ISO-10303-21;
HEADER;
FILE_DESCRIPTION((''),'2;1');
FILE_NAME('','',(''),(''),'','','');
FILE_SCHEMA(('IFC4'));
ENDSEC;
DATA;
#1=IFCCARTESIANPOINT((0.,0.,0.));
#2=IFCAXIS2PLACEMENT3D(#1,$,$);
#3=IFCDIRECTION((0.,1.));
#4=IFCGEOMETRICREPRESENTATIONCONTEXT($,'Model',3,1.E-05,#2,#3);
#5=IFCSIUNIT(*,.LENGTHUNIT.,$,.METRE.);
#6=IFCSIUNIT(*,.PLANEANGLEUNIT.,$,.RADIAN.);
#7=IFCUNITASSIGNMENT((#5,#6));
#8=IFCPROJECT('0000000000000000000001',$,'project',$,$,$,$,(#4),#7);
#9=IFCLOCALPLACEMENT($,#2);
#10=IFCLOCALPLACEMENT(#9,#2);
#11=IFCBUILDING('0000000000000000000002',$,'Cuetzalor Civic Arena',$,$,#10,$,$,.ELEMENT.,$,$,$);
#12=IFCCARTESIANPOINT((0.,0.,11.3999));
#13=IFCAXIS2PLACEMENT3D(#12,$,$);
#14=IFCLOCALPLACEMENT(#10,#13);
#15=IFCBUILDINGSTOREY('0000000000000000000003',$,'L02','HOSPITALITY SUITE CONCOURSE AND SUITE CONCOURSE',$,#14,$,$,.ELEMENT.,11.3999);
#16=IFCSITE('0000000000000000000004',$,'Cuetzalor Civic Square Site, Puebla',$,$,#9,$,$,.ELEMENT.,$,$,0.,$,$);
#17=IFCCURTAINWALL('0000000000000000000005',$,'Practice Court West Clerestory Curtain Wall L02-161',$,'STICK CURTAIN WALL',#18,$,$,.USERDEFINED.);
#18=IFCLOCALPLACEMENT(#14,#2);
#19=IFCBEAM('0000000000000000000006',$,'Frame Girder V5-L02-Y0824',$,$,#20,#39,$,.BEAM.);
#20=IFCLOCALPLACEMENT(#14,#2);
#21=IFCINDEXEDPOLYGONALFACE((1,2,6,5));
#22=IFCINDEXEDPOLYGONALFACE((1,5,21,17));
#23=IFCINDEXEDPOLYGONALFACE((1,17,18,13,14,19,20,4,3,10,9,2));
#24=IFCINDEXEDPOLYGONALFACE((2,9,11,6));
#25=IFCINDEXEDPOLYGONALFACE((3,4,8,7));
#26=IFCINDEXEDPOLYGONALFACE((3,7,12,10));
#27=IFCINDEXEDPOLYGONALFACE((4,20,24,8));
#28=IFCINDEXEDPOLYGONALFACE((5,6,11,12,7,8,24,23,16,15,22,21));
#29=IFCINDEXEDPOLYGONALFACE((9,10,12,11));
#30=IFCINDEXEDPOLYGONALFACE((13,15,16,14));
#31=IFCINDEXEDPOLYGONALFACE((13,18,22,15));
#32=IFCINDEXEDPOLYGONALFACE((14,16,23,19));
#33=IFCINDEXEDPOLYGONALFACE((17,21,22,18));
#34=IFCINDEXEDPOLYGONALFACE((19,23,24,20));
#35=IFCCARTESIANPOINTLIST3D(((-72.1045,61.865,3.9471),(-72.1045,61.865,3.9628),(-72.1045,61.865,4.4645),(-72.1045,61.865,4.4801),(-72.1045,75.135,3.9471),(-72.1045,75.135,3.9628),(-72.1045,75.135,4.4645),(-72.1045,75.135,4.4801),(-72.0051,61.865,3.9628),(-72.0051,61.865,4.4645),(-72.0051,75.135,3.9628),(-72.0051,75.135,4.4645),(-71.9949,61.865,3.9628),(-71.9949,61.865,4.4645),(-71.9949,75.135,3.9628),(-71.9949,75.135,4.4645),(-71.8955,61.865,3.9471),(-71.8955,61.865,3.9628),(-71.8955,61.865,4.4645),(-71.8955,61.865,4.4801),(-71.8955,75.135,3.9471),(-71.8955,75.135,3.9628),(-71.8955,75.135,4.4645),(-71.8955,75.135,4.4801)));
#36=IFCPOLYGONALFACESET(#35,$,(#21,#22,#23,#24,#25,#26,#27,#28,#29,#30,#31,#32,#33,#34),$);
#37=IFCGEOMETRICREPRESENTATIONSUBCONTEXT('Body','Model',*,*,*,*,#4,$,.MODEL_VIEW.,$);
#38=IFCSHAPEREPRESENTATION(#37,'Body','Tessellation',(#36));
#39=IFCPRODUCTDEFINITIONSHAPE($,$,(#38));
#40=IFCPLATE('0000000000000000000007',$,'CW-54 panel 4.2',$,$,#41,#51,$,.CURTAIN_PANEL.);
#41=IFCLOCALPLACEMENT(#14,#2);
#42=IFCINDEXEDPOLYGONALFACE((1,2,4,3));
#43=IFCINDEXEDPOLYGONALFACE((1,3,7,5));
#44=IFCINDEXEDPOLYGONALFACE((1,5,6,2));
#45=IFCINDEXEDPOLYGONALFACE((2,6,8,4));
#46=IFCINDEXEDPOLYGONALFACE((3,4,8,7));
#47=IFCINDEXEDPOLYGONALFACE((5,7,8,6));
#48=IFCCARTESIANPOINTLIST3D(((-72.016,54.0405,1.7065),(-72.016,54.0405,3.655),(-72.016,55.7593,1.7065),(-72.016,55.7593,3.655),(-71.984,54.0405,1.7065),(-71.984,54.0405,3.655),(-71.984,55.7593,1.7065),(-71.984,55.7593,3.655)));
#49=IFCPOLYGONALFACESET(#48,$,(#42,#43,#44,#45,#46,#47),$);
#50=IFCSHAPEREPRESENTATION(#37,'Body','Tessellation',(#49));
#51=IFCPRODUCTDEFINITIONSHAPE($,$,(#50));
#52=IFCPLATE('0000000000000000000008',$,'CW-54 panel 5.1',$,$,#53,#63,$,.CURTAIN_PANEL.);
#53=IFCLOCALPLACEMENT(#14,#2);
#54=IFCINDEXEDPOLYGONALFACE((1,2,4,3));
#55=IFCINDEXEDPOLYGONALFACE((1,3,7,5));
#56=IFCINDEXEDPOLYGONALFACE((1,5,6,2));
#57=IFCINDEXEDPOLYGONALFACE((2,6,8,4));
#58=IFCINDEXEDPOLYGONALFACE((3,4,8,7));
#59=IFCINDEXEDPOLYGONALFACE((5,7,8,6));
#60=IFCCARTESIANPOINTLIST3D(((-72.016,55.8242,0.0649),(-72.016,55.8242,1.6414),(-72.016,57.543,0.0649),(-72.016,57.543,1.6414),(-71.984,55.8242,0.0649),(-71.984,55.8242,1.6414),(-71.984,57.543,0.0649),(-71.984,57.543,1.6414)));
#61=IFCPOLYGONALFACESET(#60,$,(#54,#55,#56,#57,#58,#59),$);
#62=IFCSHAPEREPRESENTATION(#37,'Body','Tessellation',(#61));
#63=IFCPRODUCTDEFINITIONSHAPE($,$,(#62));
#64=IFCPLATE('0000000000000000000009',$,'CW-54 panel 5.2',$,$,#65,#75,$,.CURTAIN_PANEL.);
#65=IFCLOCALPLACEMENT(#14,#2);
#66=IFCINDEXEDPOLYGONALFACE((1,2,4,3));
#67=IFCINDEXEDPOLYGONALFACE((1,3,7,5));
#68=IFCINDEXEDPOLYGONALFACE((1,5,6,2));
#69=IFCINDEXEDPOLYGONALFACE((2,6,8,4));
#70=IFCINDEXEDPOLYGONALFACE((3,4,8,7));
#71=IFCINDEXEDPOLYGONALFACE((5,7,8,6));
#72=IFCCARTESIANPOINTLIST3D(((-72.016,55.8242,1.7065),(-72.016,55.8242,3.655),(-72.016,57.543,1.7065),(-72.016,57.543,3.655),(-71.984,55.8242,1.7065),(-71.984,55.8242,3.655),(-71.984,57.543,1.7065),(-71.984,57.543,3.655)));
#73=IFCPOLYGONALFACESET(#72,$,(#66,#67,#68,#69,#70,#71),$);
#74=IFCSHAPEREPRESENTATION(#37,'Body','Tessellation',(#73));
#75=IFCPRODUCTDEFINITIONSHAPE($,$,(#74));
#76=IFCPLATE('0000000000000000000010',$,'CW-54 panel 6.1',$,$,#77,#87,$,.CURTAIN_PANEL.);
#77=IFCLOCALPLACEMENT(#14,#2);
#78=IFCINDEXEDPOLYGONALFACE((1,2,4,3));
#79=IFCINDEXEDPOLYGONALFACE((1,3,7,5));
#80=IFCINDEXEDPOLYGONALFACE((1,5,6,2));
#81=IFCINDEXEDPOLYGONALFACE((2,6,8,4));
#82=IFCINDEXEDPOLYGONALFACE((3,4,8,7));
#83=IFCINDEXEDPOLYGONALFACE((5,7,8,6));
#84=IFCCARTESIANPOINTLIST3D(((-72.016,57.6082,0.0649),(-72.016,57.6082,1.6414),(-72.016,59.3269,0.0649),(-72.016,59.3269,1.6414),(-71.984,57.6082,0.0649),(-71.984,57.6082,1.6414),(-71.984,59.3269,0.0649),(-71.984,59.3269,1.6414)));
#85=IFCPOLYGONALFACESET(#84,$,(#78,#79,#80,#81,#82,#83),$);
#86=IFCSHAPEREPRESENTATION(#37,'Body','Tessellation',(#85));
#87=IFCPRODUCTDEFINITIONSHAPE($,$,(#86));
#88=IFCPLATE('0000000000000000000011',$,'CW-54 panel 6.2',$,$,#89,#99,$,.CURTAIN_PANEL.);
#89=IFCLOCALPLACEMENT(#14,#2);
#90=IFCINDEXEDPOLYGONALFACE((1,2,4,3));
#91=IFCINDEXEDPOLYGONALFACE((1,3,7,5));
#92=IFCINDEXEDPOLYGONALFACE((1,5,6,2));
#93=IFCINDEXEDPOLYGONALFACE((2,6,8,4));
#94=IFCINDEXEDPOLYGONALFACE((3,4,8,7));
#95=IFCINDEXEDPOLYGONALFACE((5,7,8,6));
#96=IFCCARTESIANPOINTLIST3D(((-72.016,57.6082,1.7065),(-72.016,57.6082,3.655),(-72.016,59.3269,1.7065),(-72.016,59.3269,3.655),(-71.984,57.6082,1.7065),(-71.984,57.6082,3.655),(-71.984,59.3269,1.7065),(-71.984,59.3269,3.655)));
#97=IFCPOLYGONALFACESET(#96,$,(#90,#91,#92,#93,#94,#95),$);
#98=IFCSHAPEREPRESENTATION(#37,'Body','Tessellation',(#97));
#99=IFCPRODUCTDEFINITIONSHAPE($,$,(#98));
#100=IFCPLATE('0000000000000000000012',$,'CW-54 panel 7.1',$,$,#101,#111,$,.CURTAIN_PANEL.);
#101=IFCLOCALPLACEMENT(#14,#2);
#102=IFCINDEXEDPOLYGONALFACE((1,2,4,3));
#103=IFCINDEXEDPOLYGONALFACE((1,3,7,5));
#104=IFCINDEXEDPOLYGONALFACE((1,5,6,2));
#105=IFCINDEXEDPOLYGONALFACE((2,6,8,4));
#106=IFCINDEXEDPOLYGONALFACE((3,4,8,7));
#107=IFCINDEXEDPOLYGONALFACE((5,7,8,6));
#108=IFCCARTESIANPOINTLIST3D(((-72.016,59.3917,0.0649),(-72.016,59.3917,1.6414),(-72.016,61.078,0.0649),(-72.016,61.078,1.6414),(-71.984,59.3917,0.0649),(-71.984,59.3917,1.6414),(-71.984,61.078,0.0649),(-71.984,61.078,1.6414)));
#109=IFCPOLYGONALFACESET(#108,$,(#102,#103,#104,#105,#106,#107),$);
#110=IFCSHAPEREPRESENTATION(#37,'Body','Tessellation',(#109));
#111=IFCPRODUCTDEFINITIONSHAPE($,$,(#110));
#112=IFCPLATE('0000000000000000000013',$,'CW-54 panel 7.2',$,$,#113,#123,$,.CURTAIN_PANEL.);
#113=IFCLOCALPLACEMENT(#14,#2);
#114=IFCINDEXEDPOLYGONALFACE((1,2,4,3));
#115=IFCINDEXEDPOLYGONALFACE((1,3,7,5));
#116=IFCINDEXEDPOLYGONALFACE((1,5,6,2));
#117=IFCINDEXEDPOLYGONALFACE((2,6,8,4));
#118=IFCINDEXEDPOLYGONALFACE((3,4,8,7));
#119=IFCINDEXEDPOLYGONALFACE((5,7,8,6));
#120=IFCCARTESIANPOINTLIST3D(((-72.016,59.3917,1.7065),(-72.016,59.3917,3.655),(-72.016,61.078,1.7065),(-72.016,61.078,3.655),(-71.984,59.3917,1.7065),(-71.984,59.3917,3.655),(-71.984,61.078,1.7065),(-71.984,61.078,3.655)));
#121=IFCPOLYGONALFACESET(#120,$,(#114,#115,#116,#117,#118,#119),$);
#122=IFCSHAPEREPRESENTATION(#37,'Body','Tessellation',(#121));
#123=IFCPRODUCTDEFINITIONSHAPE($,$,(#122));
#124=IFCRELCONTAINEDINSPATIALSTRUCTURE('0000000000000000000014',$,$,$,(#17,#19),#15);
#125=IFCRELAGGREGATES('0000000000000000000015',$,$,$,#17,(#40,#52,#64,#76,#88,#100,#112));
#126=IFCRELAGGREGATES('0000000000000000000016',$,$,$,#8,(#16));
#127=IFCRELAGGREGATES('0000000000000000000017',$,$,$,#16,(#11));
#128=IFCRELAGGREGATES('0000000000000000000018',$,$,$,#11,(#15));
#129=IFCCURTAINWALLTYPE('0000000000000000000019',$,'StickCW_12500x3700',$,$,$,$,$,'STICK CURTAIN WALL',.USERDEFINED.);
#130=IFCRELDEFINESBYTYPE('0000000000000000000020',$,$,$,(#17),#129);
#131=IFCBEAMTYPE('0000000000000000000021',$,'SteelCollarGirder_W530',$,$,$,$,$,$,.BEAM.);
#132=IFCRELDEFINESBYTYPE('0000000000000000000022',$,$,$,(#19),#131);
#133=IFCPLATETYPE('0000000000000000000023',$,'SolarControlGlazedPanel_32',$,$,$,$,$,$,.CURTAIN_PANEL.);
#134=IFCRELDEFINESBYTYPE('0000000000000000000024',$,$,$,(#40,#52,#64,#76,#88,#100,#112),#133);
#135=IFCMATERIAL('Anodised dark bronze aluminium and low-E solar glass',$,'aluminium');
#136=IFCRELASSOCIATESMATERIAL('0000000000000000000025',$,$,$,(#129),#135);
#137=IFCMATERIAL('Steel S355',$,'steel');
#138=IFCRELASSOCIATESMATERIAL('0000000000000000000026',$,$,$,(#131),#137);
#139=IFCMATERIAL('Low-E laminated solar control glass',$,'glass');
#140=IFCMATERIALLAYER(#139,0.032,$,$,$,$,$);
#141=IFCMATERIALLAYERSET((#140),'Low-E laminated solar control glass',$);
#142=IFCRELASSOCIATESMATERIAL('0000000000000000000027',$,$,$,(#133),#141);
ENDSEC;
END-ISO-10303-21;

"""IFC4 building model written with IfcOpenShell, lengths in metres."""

from ifc_helpers import new_model, si_unit, direction, frame, origin, origin_2d, place, context, subcontext, project, spatial, rectangle, i_section, extrude, material, layer, layer_set, material_profile, profile_set, type_object, element, aggregate, save


model = new_model("IFC4")

# Units and contexts
model_context = context("Model", 3, precision=1e-05, world=origin(), true_north=direction((0.0, 1.0)))
body_context = subcontext(model_context, "Body", "Model", "MODEL_VIEW")
ifc_project = project(units=[si_unit("LENGTHUNIT", "METRE"), si_unit("PLANEANGLEUNIT", "RADIAN")], contexts=[model_context])

# Site, building, storey
site_placement = place(None, origin())
site = spatial("IfcSite", under=ifc_project, at=site_placement, Name="Cuetzalor Civic Square Site, Puebla", CompositionType="ELEMENT", RefElevation=0.0)
building_placement = place(site_placement, origin())
building = spatial("IfcBuilding", under=site, at=building_placement, Name="Cuetzalor Civic Arena", CompositionType="ELEMENT")
storey_placement = place(building_placement, frame((0.0, 0.0, 11.3999)))
storey = spatial("IfcBuildingStorey", under=building, at=storey_placement, Name="L02", Description="HOSPITALITY SUITE CONCOURSE AND SUITE CONCOURSE", CompositionType="ELEMENT", Elevation=11.3999)

# Curtain wall
ifc_material_1 = material(Name="Anodised dark bronze aluminium and low-E solar glass", Category="aluminium")
curtain_wall_type = type_object("IfcCurtainWallType", Name="StickCW_12500x3700", ElementType="STICK CURTAIN WALL", PredefinedType="USERDEFINED", material=ifc_material_1)
curtain_wall_placement = place(storey_placement, origin())
curtain_wall = element("IfcCurtainWall", 1, at=curtain_wall_placement, inside=storey, type_object=curtain_wall_type, Name="Practice Court West Clerestory Curtain Wall L02-161", ObjectType="STICK CURTAIN WALL", PredefinedType="USERDEFINED")

# Beam
ifc_material_2 = material(Name="Steel S355", Category="steel")
ifc_material_profile_1 = material_profile(ifc_material_2, i_section(OverallWidth=0.209, OverallDepth=0.533, WebThickness=0.0103, FlangeThickness=0.0156, at=origin_2d()), Name="W530x92")
ifc_profile_set_1 = profile_set([ifc_material_profile_1], Name="Steel S355")
beam_type = type_object("IfcBeamType", Name="SteelCollarGirder_W530", PredefinedType="BEAM", material=ifc_profile_set_1)
beam_placement = place(storey_placement, frame((-72.0, 61.865, 4.2136), z_axis=(0.0, 1.0, 0.0), x_axis=(-1.0, 0.0, 0.0)))
element("IfcBeam", 2, at=beam_placement, inside=storey, type_object=beam_type, Name="Frame Girder V5-L02-Y0824", PredefinedType="BEAM", context=body_context, shape_type="SweptSolid", body=[
    extrude(i_section(OverallWidth=0.209, OverallDepth=0.533, WebThickness=0.0103, FlangeThickness=0.0156, at=origin_2d()), origin(), (0.0, 0.0, 1.0), 13.27),
])

# Plates
ifc_material_3 = material(Name="Low-E laminated solar control glass", Category="glass")
ifc_layer = layer(ifc_material_3, 0.032)
ifc_layer_set = layer_set([ifc_layer], Name="Low-E laminated solar control glass")
plate_type = type_object("IfcPlateType", Name="SolarControlGlazedPanel_32", PredefinedType="CURTAIN_PANEL", material=ifc_layer_set)
plate_1_placement = place(storey_placement, frame((-72.0, 54.8999, 1.7065), z_axis=(0.0, 0.0, 1.0), x_axis=(0.0, 1.0, 0.0)))
plate_1 = element("IfcPlate", 3, at=plate_1_placement, type_object=plate_type, Name="CW-54 panel 4.2", PredefinedType="CURTAIN_PANEL", context=body_context, shape_type="SweptSolid", body=[
    extrude(rectangle(XDim=1.7188, YDim=0.032, at=origin_2d()), origin(), (0.0, 0.0, 1.0), 1.9485),
])
plate_2_placement = place(storey_placement, frame((-72.0, 56.6836, 0.0649), z_axis=(0.0, 0.0, 1.0), x_axis=(0.0, 1.0, 0.0)))
plate_2 = element("IfcPlate", 4, at=plate_2_placement, type_object=plate_type, Name="CW-54 panel 5.1", PredefinedType="CURTAIN_PANEL", context=body_context, shape_type="SweptSolid", body=[
    extrude(rectangle(XDim=1.7188, YDim=0.032, at=origin_2d()), origin(), (0.0, 0.0, 1.0), 1.5764),
])
plate_3_placement = place(storey_placement, frame((-72.0, 56.6836, 1.7065), z_axis=(0.0, 0.0, 1.0), x_axis=(0.0, 1.0, 0.0)))
plate_3 = element("IfcPlate", 5, at=plate_3_placement, type_object=plate_type, Name="CW-54 panel 5.2", PredefinedType="CURTAIN_PANEL", context=body_context, shape_type="SweptSolid", body=[
    extrude(rectangle(XDim=1.7188, YDim=0.032, at=origin_2d()), origin(), (0.0, 0.0, 1.0), 1.9485),
])
plate_4_placement = place(storey_placement, frame((-72.0, 58.4675, 0.0649), z_axis=(0.0, 0.0, 1.0), x_axis=(0.0, 1.0, 0.0)))
plate_4 = element("IfcPlate", 6, at=plate_4_placement, type_object=plate_type, Name="CW-54 panel 6.1", PredefinedType="CURTAIN_PANEL", context=body_context, shape_type="SweptSolid", body=[
    extrude(rectangle(XDim=1.7188, YDim=0.032, at=origin_2d()), origin(), (0.0, 0.0, 1.0), 1.5764),
])
plate_5_placement = place(storey_placement, frame((-72.0, 58.4675, 1.7065), z_axis=(0.0, 0.0, 1.0), x_axis=(0.0, 1.0, 0.0)))
plate_5 = element("IfcPlate", 7, at=plate_5_placement, type_object=plate_type, Name="CW-54 panel 6.2", PredefinedType="CURTAIN_PANEL", context=body_context, shape_type="SweptSolid", body=[
    extrude(rectangle(XDim=1.7188, YDim=0.032, at=origin_2d()), origin(), (0.0, 0.0, 1.0), 1.9485),
])
plate_6_placement = place(storey_placement, frame((-72.0, 60.2349, 0.0649), z_axis=(0.0, 0.0, 1.0), x_axis=(0.0, 1.0, 0.0)))
plate_6 = element("IfcPlate", 8, at=plate_6_placement, type_object=plate_type, Name="CW-54 panel 7.1", PredefinedType="CURTAIN_PANEL", context=body_context, shape_type="SweptSolid", body=[
    extrude(rectangle(XDim=1.6863, YDim=0.032, at=origin_2d()), origin(), (0.0, 0.0, 1.0), 1.5764),
])
plate_7_placement = place(storey_placement, frame((-72.0, 60.2349, 1.7065), z_axis=(0.0, 0.0, 1.0), x_axis=(0.0, 1.0, 0.0)))
plate_7 = element("IfcPlate", 9, at=plate_7_placement, type_object=plate_type, Name="CW-54 panel 7.2", PredefinedType="CURTAIN_PANEL", context=body_context, shape_type="SweptSolid", body=[
    extrude(rectangle(XDim=1.6863, YDim=0.032, at=origin_2d()), origin(), (0.0, 0.0, 1.0), 1.9485),
])
aggregate(curtain_wall, [plate_1, plate_2, plate_3, plate_4, plate_5, plate_6, plate_7])

save(model, "model.ifc")
